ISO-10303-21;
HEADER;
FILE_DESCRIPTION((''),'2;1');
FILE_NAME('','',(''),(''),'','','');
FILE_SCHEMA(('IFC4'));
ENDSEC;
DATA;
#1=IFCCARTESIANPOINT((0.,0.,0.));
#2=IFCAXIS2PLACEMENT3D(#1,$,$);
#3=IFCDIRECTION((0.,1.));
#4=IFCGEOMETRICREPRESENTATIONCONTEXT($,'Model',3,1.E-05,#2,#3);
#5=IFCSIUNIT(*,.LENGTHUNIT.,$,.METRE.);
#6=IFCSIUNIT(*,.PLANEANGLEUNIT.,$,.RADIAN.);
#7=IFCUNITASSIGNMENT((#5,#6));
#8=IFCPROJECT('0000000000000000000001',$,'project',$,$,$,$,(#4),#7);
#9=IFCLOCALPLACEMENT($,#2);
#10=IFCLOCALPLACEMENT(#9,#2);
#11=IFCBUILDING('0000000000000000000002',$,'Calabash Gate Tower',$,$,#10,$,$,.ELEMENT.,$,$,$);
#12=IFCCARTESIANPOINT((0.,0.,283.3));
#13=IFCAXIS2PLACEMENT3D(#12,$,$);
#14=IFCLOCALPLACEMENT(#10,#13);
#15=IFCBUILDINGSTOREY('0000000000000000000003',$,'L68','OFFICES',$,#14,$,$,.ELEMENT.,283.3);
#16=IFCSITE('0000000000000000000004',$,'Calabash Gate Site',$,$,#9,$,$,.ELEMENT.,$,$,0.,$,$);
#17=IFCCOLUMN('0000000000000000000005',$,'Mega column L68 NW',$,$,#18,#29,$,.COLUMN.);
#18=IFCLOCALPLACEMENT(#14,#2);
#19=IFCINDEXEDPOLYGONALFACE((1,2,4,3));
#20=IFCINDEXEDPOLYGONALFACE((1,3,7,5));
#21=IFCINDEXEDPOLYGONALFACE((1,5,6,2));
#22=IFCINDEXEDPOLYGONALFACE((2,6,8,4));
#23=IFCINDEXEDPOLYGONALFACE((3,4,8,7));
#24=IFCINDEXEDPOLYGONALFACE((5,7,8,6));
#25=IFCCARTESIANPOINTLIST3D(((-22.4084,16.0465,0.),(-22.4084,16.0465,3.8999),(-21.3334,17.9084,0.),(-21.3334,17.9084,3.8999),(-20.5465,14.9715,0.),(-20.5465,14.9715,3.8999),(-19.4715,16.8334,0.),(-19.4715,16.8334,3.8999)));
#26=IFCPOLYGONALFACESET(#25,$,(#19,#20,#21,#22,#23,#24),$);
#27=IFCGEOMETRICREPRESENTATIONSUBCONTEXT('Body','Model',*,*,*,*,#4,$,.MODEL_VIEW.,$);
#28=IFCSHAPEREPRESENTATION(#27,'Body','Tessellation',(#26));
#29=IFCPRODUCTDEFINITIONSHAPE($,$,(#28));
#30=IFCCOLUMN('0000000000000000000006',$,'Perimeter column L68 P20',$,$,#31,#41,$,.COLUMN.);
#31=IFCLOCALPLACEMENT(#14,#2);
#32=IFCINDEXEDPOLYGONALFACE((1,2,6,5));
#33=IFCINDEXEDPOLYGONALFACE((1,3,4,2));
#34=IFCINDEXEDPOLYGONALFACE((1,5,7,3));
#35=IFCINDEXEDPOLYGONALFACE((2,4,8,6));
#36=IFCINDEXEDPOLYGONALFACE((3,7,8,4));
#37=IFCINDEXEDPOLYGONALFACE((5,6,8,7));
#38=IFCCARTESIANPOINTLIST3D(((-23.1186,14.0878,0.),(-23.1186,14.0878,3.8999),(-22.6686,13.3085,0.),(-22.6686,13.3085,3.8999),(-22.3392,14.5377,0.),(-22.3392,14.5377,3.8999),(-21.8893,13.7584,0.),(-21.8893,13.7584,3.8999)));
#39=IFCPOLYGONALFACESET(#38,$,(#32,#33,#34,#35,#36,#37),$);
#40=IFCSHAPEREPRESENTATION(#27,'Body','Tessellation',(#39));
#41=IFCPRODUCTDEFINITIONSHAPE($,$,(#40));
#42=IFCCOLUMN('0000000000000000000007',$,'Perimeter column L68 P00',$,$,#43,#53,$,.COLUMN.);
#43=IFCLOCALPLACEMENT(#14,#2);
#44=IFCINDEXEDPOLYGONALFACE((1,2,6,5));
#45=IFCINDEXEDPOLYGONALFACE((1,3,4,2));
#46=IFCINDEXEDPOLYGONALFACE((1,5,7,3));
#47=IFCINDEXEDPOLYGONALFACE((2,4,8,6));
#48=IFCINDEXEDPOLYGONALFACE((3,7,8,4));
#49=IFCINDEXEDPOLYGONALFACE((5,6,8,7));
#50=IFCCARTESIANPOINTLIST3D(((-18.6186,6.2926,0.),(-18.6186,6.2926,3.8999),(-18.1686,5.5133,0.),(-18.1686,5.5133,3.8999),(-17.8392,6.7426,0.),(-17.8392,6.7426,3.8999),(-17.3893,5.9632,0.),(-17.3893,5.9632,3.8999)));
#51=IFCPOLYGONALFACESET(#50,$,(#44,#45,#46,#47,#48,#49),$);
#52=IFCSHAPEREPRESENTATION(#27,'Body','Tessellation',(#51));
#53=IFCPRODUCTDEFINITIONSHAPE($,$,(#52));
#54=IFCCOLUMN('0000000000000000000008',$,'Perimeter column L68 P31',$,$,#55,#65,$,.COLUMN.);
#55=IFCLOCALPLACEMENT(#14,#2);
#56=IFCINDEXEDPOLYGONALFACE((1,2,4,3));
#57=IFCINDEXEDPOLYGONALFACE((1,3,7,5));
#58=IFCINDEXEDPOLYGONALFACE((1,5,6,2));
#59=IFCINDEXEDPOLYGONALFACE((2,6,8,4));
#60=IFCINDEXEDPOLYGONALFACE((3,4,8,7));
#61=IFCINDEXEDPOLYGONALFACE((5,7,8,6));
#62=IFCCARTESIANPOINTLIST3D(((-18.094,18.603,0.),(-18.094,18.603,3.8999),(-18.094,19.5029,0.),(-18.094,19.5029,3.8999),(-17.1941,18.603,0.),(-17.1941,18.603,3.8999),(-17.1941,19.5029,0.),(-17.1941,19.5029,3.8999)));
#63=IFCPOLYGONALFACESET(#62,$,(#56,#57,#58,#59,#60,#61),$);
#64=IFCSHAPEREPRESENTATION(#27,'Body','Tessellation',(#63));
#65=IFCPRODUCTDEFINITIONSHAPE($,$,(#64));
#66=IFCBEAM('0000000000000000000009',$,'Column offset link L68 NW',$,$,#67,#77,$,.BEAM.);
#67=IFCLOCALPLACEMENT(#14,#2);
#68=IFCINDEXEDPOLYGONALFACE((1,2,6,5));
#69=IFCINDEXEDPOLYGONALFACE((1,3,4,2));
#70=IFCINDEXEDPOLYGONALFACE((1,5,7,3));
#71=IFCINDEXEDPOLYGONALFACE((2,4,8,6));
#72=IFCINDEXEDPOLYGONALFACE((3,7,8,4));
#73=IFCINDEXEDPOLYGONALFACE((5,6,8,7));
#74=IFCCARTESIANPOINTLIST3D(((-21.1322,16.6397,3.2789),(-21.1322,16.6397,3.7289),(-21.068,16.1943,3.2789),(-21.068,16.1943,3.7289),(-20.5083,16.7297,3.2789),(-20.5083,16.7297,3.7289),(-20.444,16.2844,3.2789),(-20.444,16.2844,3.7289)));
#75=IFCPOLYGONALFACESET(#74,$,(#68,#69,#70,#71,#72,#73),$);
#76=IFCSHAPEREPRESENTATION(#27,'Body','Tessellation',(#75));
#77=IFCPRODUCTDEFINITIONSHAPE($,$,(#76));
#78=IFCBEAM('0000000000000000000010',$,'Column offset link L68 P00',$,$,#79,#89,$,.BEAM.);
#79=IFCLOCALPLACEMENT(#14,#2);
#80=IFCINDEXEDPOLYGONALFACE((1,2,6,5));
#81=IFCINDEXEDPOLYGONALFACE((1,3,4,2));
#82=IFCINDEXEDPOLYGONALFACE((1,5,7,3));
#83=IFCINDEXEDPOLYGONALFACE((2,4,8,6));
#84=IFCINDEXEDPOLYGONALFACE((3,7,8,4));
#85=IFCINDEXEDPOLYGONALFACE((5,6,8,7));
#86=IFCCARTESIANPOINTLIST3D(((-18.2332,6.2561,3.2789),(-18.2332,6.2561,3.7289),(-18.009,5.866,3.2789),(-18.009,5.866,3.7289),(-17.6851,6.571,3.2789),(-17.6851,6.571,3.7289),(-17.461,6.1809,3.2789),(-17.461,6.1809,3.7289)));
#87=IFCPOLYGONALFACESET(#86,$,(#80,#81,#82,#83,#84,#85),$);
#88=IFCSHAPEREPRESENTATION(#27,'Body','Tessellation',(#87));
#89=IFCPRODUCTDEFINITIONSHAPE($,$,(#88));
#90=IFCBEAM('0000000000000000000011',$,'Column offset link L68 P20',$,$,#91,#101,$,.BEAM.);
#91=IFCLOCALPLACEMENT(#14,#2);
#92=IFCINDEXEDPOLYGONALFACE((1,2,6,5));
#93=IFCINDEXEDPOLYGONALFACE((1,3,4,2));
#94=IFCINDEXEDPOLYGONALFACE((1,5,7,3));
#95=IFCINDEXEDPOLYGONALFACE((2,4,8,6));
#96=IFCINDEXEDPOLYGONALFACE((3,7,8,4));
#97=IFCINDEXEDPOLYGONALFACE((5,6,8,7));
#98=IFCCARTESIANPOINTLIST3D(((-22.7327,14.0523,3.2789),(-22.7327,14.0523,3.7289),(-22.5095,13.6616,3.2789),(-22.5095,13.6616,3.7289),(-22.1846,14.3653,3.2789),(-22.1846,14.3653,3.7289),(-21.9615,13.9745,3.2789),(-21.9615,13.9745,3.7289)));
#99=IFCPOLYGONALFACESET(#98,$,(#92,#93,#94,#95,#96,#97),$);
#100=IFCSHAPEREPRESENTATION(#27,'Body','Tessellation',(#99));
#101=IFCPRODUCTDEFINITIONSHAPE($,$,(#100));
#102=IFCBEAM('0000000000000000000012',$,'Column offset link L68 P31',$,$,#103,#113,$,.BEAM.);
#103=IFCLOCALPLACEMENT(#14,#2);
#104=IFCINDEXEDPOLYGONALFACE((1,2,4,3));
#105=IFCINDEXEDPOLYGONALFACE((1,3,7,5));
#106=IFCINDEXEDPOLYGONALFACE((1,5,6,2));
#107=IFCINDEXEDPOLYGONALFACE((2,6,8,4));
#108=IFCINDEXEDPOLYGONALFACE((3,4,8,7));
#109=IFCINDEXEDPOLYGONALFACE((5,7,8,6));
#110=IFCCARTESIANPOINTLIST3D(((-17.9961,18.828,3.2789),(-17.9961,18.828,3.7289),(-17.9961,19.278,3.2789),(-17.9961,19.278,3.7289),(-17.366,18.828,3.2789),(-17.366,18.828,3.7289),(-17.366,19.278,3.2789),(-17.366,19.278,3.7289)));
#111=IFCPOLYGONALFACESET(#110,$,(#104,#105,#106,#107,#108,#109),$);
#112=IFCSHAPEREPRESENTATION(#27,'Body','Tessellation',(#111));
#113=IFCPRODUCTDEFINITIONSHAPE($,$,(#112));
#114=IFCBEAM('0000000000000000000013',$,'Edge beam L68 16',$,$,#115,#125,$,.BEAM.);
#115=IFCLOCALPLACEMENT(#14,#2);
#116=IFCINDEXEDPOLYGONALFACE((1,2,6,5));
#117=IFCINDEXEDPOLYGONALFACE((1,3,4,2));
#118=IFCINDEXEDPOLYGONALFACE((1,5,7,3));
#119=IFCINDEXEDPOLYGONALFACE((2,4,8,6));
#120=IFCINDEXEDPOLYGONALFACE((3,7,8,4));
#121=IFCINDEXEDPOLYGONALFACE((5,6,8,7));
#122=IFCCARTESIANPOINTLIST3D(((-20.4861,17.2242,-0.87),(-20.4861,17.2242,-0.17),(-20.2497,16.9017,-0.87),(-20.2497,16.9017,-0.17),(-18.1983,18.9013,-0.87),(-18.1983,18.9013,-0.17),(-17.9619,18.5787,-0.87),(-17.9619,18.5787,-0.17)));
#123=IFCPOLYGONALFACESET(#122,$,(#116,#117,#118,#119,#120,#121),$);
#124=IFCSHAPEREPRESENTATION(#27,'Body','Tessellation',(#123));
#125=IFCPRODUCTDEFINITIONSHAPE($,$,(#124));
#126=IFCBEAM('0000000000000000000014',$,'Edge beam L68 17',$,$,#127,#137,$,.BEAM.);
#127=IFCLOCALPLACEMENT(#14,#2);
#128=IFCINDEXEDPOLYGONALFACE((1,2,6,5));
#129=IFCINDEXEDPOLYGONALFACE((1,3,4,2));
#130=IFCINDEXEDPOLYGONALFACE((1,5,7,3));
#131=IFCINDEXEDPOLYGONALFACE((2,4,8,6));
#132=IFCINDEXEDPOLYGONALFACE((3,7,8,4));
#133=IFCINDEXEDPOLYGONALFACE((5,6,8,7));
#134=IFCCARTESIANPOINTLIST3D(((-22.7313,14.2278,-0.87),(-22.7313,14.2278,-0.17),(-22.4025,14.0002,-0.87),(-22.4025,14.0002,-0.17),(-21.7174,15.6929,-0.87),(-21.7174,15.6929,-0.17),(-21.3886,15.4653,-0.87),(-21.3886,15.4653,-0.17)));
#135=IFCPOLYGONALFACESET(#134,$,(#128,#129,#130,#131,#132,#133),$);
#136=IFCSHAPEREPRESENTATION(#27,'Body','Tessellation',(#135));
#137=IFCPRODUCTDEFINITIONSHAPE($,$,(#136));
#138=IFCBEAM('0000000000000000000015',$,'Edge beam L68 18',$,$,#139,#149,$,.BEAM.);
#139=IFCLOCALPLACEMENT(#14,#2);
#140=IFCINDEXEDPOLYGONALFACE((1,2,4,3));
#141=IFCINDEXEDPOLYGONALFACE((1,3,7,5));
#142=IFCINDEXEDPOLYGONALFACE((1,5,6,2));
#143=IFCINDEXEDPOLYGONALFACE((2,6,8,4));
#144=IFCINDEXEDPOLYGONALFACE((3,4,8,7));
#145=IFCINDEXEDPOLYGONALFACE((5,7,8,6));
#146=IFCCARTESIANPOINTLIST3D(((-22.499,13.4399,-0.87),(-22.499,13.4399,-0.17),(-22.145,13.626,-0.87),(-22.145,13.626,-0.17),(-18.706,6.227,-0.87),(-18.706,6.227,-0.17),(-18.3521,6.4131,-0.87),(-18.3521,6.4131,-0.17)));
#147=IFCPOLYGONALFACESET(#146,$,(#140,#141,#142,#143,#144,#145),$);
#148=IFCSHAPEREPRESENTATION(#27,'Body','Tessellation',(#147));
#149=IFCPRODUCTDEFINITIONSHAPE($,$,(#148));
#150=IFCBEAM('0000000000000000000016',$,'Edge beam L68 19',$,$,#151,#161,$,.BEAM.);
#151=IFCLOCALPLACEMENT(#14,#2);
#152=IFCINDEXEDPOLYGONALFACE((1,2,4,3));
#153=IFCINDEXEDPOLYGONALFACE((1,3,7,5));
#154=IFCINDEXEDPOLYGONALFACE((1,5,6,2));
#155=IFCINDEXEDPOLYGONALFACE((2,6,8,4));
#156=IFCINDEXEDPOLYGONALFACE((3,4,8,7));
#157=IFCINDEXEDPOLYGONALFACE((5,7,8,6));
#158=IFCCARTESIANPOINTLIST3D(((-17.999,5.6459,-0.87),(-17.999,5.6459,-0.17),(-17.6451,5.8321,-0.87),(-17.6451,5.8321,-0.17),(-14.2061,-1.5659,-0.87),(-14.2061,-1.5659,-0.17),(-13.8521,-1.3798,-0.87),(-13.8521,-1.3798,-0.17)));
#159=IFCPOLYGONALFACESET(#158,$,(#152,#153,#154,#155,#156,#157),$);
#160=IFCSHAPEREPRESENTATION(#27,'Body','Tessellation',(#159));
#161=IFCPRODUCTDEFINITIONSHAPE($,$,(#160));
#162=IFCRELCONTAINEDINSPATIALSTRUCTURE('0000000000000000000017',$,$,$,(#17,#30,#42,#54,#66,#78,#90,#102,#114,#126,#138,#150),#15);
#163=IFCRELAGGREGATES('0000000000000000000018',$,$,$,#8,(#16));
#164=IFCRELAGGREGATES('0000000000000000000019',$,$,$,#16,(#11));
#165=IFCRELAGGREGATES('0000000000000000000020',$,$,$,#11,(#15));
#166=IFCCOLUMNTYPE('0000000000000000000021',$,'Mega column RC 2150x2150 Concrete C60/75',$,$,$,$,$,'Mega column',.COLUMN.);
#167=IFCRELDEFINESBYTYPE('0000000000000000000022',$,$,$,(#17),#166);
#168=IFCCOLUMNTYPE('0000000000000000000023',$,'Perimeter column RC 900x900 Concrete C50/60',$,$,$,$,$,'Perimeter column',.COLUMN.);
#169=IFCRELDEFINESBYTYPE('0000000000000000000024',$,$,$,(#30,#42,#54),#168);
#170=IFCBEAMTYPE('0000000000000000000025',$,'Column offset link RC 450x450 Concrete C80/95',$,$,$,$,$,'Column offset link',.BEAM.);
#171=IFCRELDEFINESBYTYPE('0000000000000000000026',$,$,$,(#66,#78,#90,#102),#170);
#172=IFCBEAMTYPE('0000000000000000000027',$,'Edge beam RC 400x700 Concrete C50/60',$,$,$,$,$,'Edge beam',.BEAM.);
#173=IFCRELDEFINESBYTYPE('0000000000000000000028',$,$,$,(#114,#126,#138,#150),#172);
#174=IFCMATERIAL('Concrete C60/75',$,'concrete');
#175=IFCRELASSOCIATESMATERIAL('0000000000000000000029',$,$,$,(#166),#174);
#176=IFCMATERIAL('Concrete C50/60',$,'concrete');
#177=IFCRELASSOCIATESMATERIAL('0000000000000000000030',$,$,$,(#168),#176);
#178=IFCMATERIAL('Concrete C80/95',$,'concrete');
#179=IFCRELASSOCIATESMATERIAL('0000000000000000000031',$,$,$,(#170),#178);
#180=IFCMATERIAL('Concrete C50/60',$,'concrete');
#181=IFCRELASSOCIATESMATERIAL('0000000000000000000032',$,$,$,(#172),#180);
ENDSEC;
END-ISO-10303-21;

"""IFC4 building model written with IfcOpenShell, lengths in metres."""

from ifc_helpers import new_model, si_unit, direction, frame, origin, origin_2d, place, context, subcontext, project, spatial, rectangle, extrude, material, material_profile, profile_set, type_object, element, save


model = new_model("IFC4")

# Units and contexts
model_context = context("Model", 3, precision=1e-05, world=origin(), true_north=direction((0.0, 1.0)))
body_context = subcontext(model_context, "Body", "Model", "MODEL_VIEW")
ifc_project = project(units=[si_unit("LENGTHUNIT", "METRE"), si_unit("PLANEANGLEUNIT", "RADIAN")], contexts=[model_context])

# Site, building, storey
site_placement = place(None, origin())
site = spatial("IfcSite", under=ifc_project, at=site_placement, Name="Calabash Gate Site", CompositionType="ELEMENT", RefElevation=0.0)
building_placement = place(site_placement, origin())
building = spatial("IfcBuilding", under=site, at=building_placement, Name="Calabash Gate Tower", CompositionType="ELEMENT")
storey_placement = place(building_placement, frame((0.0, 0.0, 283.3)))
storey = spatial("IfcBuildingStorey", under=building, at=storey_placement, Name="L68", Description="OFFICES", CompositionType="ELEMENT", Elevation=283.3)

# Columns
ifc_material_1 = material(Name="Concrete C60/75", Category="concrete")
ifc_material_profile_1 = material_profile(ifc_material_1, rectangle(XDim=2.1499, YDim=2.1499, at=origin_2d()))
ifc_profile_set_1 = profile_set([ifc_material_profile_1], Name="Concrete C60/75")
column_type_1 = type_object("IfcColumnType", Name="Mega column RC 2150x2150 Concrete C60/75", ElementType="Mega column", PredefinedType="COLUMN", material=ifc_profile_set_1)
column_placement = place(storey_placement, frame((-20.9399, 16.4399, 0.0), z_axis=(0.0, 0.0, 1.0), x_axis=(0.866025, -0.5, 0.0)))
element("IfcColumn", 1, at=column_placement, inside=storey, type_object=column_type_1, Name="Mega column L68 NW", PredefinedType="COLUMN", context=body_context, shape_type="SweptSolid", body=[
    extrude(rectangle(XDim=2.1499, YDim=2.1499, at=origin_2d()), origin(), (0.0, 0.0, 1.0), 3.8999),
])
ifc_material_2 = material(Name="Concrete C50/60", Category="concrete")
ifc_material_profile_2 = material_profile(ifc_material_2, rectangle(XDim=0.8999, YDim=0.8999, at=origin_2d()))
ifc_profile_set_2 = profile_set([ifc_material_profile_2], Name="Concrete C50/60")
column_type_2 = type_object("IfcColumnType", Name="Perimeter column RC 900x900 Concrete C50/60", ElementType="Perimeter column", PredefinedType="COLUMN", material=ifc_profile_set_2)
for number, where, z_axis, x_axis, name in (
    (2, (-22.5039, 13.9231, 0.0), (0.0, 0.0, 1.0), (0.5, -0.866025, 0.0), "Perimeter column L68 P20"),
    (3, (-18.0039, 6.1279, 0.0), (0.0, 0.0, 1.0), (0.5, -0.866025, 0.0), "Perimeter column L68 P00"),
    (4, (-17.644, 19.053, 0.0), (0.0, 0.0, 1.0), (-1.0, 0.0, 0.0), "Perimeter column L68 P31"),
):
    element("IfcColumn", number, at=place(storey_placement, frame(where, z_axis=z_axis, x_axis=x_axis)), inside=storey, type_object=column_type_2, Name=name, PredefinedType="COLUMN", context=body_context, shape_type="SweptSolid", body=[
        extrude(rectangle(XDim=0.8999, YDim=0.8999, at=origin_2d()), origin(), (0.0, 0.0, 1.0), 3.8999),
    ])

# Beams
ifc_material_3 = material(Name="Concrete C80/95", Category="concrete")
ifc_material_profile_3 = material_profile(ifc_material_3, rectangle(XDim=0.45, YDim=0.45, at=origin_2d()))
ifc_profile_set_3 = profile_set([ifc_material_profile_3], Name="Concrete C80/95")
beam_type_1 = type_object("IfcBeamType", Name="Column offset link RC 450x450 Concrete C80/95", ElementType="Column offset link", PredefinedType="BEAM", material=ifc_profile_set_3)
beam_1_placement = place(storey_placement, frame((-21.1001, 16.417, 3.5039), z_axis=(0.989739, 0.142885, 0.0), x_axis=(-0.142885, 0.989739, 0.0)))
element("IfcBeam", 5, at=beam_1_placement, inside=storey, type_object=beam_type_1, Name="Column offset link L68 NW", PredefinedType="BEAM", context=body_context, shape_type="SweptSolid", body=[
    extrude(rectangle(XDim=0.45, YDim=0.45, at=origin_2d()), origin(), (0.0, 0.0, 1.0), 0.6304),
])
beam_2_placement = place(storey_placement, frame((-18.1211, 6.061, 3.5039), z_axis=(0.867052, 0.498217, 0.0), x_axis=(-0.498217, 0.867052, 0.0)))
element("IfcBeam", 6, at=beam_2_placement, inside=storey, type_object=beam_type_1, Name="Column offset link L68 P00", PredefinedType="BEAM", context=body_context, shape_type="SweptSolid", body=[
    extrude(rectangle(XDim=0.45, YDim=0.45, at=origin_2d()), origin(), (0.0, 0.0, 1.0), 0.6321),
])
beam_3_placement = place(storey_placement, frame((-22.6211, 13.8569, 3.5039), z_axis=(0.868386, 0.495889, 0.0), x_axis=(-0.495889, 0.868386, 0.0)))
element("IfcBeam", 7, at=beam_3_placement, inside=storey, type_object=beam_type_1, Name="Column offset link L68 P20", PredefinedType="BEAM", context=body_context, shape_type="SweptSolid", body=[
    extrude(rectangle(XDim=0.45, YDim=0.45, at=origin_2d()), origin(), (0.0, 0.0, 1.0), 0.6311),
])
beam_4_placement = place(storey_placement, frame((-17.9961, 19.053, 3.5039), z_axis=(1.0, 0.0, 0.0), x_axis=(0.0, 1.0, 0.0)))
element("IfcBeam", 8, at=beam_4_placement, inside=storey, type_object=beam_type_1, Name="Column offset link L68 P31", PredefinedType="BEAM", context=body_context, shape_type="SweptSolid", body=[
    extrude(rectangle(XDim=0.45, YDim=0.45, at=origin_2d()), origin(), (0.0, 0.0, 1.0), 0.6301),
])
ifc_material_4 = material(Name="Concrete C50/60", Category="concrete")
ifc_material_profile_4 = material_profile(ifc_material_4, rectangle(XDim=0.3999, YDim=0.7, at=origin_2d()))
ifc_profile_set_4 = profile_set([ifc_material_profile_4], Name="Concrete C50/60")
beam_type_2 = type_object("IfcBeamType", Name="Edge beam RC 400x700 Concrete C50/60", ElementType="Edge beam", PredefinedType="BEAM", material=ifc_profile_set_4)
beam_5_placement = place(storey_placement, frame((-18.0801, 18.74, -0.52), z_axis=(-0.806531, -0.591192, 0.0), x_axis=(0.591192, -0.806531, 0.0)))
element("IfcBeam", 9, at=beam_5_placement, inside=storey, type_object=beam_type_2, Name="Edge beam L68 16", PredefinedType="BEAM", context=body_context, shape_type="SweptSolid", body=[
    extrude(rectangle(XDim=0.3999, YDim=0.7, at=origin_2d()), origin(), (0.0, 0.0, 1.0), 2.8367),
])
beam_6_placement = place(storey_placement, frame((-21.553, 15.5791, -0.52), z_axis=(-0.569067, -0.822291, 0.0), x_axis=(0.822291, -0.569067, 0.0)))
element("IfcBeam", 10, at=beam_6_placement, inside=storey, type_object=beam_type_2, Name="Edge beam L68 17", PredefinedType="BEAM", context=body_context, shape_type="SweptSolid", body=[
    extrude(rectangle(XDim=0.3999, YDim=0.7, at=origin_2d()), origin(), (0.0, 0.0, 1.0), 1.7817),
])
beam_7_placement = place(storey_placement, frame((-22.322, 13.533, -0.52), z_axis=(0.46543, -0.885085, 0.0), x_axis=(0.885085, 0.46543, 0.0)))
element("IfcBeam", 11, at=beam_7_placement, inside=storey, type_object=beam_type_2, Name="Edge beam L68 18", PredefinedType="BEAM", context=body_context, shape_type="SweptSolid", body=[
    extrude(rectangle(XDim=0.3999, YDim=0.7, at=origin_2d()), origin(), (0.0, 0.0, 1.0), 8.1494),
])
beam_8_placement = place(storey_placement, frame((-17.822, 5.739, -0.52), z_axis=(0.46548, -0.885059, 0.0), x_axis=(0.885059, 0.46548, 0.0)))
element("IfcBeam", 12, at=beam_8_placement, inside=storey, type_object=beam_type_2, Name="Edge beam L68 19", PredefinedType="BEAM", context=body_context, shape_type="SweptSolid", body=[
    extrude(rectangle(XDim=0.3999, YDim=0.7, at=origin_2d()), origin(), (0.0, 0.0, 1.0), 8.1484),
])

save(model, "model.ifc")
